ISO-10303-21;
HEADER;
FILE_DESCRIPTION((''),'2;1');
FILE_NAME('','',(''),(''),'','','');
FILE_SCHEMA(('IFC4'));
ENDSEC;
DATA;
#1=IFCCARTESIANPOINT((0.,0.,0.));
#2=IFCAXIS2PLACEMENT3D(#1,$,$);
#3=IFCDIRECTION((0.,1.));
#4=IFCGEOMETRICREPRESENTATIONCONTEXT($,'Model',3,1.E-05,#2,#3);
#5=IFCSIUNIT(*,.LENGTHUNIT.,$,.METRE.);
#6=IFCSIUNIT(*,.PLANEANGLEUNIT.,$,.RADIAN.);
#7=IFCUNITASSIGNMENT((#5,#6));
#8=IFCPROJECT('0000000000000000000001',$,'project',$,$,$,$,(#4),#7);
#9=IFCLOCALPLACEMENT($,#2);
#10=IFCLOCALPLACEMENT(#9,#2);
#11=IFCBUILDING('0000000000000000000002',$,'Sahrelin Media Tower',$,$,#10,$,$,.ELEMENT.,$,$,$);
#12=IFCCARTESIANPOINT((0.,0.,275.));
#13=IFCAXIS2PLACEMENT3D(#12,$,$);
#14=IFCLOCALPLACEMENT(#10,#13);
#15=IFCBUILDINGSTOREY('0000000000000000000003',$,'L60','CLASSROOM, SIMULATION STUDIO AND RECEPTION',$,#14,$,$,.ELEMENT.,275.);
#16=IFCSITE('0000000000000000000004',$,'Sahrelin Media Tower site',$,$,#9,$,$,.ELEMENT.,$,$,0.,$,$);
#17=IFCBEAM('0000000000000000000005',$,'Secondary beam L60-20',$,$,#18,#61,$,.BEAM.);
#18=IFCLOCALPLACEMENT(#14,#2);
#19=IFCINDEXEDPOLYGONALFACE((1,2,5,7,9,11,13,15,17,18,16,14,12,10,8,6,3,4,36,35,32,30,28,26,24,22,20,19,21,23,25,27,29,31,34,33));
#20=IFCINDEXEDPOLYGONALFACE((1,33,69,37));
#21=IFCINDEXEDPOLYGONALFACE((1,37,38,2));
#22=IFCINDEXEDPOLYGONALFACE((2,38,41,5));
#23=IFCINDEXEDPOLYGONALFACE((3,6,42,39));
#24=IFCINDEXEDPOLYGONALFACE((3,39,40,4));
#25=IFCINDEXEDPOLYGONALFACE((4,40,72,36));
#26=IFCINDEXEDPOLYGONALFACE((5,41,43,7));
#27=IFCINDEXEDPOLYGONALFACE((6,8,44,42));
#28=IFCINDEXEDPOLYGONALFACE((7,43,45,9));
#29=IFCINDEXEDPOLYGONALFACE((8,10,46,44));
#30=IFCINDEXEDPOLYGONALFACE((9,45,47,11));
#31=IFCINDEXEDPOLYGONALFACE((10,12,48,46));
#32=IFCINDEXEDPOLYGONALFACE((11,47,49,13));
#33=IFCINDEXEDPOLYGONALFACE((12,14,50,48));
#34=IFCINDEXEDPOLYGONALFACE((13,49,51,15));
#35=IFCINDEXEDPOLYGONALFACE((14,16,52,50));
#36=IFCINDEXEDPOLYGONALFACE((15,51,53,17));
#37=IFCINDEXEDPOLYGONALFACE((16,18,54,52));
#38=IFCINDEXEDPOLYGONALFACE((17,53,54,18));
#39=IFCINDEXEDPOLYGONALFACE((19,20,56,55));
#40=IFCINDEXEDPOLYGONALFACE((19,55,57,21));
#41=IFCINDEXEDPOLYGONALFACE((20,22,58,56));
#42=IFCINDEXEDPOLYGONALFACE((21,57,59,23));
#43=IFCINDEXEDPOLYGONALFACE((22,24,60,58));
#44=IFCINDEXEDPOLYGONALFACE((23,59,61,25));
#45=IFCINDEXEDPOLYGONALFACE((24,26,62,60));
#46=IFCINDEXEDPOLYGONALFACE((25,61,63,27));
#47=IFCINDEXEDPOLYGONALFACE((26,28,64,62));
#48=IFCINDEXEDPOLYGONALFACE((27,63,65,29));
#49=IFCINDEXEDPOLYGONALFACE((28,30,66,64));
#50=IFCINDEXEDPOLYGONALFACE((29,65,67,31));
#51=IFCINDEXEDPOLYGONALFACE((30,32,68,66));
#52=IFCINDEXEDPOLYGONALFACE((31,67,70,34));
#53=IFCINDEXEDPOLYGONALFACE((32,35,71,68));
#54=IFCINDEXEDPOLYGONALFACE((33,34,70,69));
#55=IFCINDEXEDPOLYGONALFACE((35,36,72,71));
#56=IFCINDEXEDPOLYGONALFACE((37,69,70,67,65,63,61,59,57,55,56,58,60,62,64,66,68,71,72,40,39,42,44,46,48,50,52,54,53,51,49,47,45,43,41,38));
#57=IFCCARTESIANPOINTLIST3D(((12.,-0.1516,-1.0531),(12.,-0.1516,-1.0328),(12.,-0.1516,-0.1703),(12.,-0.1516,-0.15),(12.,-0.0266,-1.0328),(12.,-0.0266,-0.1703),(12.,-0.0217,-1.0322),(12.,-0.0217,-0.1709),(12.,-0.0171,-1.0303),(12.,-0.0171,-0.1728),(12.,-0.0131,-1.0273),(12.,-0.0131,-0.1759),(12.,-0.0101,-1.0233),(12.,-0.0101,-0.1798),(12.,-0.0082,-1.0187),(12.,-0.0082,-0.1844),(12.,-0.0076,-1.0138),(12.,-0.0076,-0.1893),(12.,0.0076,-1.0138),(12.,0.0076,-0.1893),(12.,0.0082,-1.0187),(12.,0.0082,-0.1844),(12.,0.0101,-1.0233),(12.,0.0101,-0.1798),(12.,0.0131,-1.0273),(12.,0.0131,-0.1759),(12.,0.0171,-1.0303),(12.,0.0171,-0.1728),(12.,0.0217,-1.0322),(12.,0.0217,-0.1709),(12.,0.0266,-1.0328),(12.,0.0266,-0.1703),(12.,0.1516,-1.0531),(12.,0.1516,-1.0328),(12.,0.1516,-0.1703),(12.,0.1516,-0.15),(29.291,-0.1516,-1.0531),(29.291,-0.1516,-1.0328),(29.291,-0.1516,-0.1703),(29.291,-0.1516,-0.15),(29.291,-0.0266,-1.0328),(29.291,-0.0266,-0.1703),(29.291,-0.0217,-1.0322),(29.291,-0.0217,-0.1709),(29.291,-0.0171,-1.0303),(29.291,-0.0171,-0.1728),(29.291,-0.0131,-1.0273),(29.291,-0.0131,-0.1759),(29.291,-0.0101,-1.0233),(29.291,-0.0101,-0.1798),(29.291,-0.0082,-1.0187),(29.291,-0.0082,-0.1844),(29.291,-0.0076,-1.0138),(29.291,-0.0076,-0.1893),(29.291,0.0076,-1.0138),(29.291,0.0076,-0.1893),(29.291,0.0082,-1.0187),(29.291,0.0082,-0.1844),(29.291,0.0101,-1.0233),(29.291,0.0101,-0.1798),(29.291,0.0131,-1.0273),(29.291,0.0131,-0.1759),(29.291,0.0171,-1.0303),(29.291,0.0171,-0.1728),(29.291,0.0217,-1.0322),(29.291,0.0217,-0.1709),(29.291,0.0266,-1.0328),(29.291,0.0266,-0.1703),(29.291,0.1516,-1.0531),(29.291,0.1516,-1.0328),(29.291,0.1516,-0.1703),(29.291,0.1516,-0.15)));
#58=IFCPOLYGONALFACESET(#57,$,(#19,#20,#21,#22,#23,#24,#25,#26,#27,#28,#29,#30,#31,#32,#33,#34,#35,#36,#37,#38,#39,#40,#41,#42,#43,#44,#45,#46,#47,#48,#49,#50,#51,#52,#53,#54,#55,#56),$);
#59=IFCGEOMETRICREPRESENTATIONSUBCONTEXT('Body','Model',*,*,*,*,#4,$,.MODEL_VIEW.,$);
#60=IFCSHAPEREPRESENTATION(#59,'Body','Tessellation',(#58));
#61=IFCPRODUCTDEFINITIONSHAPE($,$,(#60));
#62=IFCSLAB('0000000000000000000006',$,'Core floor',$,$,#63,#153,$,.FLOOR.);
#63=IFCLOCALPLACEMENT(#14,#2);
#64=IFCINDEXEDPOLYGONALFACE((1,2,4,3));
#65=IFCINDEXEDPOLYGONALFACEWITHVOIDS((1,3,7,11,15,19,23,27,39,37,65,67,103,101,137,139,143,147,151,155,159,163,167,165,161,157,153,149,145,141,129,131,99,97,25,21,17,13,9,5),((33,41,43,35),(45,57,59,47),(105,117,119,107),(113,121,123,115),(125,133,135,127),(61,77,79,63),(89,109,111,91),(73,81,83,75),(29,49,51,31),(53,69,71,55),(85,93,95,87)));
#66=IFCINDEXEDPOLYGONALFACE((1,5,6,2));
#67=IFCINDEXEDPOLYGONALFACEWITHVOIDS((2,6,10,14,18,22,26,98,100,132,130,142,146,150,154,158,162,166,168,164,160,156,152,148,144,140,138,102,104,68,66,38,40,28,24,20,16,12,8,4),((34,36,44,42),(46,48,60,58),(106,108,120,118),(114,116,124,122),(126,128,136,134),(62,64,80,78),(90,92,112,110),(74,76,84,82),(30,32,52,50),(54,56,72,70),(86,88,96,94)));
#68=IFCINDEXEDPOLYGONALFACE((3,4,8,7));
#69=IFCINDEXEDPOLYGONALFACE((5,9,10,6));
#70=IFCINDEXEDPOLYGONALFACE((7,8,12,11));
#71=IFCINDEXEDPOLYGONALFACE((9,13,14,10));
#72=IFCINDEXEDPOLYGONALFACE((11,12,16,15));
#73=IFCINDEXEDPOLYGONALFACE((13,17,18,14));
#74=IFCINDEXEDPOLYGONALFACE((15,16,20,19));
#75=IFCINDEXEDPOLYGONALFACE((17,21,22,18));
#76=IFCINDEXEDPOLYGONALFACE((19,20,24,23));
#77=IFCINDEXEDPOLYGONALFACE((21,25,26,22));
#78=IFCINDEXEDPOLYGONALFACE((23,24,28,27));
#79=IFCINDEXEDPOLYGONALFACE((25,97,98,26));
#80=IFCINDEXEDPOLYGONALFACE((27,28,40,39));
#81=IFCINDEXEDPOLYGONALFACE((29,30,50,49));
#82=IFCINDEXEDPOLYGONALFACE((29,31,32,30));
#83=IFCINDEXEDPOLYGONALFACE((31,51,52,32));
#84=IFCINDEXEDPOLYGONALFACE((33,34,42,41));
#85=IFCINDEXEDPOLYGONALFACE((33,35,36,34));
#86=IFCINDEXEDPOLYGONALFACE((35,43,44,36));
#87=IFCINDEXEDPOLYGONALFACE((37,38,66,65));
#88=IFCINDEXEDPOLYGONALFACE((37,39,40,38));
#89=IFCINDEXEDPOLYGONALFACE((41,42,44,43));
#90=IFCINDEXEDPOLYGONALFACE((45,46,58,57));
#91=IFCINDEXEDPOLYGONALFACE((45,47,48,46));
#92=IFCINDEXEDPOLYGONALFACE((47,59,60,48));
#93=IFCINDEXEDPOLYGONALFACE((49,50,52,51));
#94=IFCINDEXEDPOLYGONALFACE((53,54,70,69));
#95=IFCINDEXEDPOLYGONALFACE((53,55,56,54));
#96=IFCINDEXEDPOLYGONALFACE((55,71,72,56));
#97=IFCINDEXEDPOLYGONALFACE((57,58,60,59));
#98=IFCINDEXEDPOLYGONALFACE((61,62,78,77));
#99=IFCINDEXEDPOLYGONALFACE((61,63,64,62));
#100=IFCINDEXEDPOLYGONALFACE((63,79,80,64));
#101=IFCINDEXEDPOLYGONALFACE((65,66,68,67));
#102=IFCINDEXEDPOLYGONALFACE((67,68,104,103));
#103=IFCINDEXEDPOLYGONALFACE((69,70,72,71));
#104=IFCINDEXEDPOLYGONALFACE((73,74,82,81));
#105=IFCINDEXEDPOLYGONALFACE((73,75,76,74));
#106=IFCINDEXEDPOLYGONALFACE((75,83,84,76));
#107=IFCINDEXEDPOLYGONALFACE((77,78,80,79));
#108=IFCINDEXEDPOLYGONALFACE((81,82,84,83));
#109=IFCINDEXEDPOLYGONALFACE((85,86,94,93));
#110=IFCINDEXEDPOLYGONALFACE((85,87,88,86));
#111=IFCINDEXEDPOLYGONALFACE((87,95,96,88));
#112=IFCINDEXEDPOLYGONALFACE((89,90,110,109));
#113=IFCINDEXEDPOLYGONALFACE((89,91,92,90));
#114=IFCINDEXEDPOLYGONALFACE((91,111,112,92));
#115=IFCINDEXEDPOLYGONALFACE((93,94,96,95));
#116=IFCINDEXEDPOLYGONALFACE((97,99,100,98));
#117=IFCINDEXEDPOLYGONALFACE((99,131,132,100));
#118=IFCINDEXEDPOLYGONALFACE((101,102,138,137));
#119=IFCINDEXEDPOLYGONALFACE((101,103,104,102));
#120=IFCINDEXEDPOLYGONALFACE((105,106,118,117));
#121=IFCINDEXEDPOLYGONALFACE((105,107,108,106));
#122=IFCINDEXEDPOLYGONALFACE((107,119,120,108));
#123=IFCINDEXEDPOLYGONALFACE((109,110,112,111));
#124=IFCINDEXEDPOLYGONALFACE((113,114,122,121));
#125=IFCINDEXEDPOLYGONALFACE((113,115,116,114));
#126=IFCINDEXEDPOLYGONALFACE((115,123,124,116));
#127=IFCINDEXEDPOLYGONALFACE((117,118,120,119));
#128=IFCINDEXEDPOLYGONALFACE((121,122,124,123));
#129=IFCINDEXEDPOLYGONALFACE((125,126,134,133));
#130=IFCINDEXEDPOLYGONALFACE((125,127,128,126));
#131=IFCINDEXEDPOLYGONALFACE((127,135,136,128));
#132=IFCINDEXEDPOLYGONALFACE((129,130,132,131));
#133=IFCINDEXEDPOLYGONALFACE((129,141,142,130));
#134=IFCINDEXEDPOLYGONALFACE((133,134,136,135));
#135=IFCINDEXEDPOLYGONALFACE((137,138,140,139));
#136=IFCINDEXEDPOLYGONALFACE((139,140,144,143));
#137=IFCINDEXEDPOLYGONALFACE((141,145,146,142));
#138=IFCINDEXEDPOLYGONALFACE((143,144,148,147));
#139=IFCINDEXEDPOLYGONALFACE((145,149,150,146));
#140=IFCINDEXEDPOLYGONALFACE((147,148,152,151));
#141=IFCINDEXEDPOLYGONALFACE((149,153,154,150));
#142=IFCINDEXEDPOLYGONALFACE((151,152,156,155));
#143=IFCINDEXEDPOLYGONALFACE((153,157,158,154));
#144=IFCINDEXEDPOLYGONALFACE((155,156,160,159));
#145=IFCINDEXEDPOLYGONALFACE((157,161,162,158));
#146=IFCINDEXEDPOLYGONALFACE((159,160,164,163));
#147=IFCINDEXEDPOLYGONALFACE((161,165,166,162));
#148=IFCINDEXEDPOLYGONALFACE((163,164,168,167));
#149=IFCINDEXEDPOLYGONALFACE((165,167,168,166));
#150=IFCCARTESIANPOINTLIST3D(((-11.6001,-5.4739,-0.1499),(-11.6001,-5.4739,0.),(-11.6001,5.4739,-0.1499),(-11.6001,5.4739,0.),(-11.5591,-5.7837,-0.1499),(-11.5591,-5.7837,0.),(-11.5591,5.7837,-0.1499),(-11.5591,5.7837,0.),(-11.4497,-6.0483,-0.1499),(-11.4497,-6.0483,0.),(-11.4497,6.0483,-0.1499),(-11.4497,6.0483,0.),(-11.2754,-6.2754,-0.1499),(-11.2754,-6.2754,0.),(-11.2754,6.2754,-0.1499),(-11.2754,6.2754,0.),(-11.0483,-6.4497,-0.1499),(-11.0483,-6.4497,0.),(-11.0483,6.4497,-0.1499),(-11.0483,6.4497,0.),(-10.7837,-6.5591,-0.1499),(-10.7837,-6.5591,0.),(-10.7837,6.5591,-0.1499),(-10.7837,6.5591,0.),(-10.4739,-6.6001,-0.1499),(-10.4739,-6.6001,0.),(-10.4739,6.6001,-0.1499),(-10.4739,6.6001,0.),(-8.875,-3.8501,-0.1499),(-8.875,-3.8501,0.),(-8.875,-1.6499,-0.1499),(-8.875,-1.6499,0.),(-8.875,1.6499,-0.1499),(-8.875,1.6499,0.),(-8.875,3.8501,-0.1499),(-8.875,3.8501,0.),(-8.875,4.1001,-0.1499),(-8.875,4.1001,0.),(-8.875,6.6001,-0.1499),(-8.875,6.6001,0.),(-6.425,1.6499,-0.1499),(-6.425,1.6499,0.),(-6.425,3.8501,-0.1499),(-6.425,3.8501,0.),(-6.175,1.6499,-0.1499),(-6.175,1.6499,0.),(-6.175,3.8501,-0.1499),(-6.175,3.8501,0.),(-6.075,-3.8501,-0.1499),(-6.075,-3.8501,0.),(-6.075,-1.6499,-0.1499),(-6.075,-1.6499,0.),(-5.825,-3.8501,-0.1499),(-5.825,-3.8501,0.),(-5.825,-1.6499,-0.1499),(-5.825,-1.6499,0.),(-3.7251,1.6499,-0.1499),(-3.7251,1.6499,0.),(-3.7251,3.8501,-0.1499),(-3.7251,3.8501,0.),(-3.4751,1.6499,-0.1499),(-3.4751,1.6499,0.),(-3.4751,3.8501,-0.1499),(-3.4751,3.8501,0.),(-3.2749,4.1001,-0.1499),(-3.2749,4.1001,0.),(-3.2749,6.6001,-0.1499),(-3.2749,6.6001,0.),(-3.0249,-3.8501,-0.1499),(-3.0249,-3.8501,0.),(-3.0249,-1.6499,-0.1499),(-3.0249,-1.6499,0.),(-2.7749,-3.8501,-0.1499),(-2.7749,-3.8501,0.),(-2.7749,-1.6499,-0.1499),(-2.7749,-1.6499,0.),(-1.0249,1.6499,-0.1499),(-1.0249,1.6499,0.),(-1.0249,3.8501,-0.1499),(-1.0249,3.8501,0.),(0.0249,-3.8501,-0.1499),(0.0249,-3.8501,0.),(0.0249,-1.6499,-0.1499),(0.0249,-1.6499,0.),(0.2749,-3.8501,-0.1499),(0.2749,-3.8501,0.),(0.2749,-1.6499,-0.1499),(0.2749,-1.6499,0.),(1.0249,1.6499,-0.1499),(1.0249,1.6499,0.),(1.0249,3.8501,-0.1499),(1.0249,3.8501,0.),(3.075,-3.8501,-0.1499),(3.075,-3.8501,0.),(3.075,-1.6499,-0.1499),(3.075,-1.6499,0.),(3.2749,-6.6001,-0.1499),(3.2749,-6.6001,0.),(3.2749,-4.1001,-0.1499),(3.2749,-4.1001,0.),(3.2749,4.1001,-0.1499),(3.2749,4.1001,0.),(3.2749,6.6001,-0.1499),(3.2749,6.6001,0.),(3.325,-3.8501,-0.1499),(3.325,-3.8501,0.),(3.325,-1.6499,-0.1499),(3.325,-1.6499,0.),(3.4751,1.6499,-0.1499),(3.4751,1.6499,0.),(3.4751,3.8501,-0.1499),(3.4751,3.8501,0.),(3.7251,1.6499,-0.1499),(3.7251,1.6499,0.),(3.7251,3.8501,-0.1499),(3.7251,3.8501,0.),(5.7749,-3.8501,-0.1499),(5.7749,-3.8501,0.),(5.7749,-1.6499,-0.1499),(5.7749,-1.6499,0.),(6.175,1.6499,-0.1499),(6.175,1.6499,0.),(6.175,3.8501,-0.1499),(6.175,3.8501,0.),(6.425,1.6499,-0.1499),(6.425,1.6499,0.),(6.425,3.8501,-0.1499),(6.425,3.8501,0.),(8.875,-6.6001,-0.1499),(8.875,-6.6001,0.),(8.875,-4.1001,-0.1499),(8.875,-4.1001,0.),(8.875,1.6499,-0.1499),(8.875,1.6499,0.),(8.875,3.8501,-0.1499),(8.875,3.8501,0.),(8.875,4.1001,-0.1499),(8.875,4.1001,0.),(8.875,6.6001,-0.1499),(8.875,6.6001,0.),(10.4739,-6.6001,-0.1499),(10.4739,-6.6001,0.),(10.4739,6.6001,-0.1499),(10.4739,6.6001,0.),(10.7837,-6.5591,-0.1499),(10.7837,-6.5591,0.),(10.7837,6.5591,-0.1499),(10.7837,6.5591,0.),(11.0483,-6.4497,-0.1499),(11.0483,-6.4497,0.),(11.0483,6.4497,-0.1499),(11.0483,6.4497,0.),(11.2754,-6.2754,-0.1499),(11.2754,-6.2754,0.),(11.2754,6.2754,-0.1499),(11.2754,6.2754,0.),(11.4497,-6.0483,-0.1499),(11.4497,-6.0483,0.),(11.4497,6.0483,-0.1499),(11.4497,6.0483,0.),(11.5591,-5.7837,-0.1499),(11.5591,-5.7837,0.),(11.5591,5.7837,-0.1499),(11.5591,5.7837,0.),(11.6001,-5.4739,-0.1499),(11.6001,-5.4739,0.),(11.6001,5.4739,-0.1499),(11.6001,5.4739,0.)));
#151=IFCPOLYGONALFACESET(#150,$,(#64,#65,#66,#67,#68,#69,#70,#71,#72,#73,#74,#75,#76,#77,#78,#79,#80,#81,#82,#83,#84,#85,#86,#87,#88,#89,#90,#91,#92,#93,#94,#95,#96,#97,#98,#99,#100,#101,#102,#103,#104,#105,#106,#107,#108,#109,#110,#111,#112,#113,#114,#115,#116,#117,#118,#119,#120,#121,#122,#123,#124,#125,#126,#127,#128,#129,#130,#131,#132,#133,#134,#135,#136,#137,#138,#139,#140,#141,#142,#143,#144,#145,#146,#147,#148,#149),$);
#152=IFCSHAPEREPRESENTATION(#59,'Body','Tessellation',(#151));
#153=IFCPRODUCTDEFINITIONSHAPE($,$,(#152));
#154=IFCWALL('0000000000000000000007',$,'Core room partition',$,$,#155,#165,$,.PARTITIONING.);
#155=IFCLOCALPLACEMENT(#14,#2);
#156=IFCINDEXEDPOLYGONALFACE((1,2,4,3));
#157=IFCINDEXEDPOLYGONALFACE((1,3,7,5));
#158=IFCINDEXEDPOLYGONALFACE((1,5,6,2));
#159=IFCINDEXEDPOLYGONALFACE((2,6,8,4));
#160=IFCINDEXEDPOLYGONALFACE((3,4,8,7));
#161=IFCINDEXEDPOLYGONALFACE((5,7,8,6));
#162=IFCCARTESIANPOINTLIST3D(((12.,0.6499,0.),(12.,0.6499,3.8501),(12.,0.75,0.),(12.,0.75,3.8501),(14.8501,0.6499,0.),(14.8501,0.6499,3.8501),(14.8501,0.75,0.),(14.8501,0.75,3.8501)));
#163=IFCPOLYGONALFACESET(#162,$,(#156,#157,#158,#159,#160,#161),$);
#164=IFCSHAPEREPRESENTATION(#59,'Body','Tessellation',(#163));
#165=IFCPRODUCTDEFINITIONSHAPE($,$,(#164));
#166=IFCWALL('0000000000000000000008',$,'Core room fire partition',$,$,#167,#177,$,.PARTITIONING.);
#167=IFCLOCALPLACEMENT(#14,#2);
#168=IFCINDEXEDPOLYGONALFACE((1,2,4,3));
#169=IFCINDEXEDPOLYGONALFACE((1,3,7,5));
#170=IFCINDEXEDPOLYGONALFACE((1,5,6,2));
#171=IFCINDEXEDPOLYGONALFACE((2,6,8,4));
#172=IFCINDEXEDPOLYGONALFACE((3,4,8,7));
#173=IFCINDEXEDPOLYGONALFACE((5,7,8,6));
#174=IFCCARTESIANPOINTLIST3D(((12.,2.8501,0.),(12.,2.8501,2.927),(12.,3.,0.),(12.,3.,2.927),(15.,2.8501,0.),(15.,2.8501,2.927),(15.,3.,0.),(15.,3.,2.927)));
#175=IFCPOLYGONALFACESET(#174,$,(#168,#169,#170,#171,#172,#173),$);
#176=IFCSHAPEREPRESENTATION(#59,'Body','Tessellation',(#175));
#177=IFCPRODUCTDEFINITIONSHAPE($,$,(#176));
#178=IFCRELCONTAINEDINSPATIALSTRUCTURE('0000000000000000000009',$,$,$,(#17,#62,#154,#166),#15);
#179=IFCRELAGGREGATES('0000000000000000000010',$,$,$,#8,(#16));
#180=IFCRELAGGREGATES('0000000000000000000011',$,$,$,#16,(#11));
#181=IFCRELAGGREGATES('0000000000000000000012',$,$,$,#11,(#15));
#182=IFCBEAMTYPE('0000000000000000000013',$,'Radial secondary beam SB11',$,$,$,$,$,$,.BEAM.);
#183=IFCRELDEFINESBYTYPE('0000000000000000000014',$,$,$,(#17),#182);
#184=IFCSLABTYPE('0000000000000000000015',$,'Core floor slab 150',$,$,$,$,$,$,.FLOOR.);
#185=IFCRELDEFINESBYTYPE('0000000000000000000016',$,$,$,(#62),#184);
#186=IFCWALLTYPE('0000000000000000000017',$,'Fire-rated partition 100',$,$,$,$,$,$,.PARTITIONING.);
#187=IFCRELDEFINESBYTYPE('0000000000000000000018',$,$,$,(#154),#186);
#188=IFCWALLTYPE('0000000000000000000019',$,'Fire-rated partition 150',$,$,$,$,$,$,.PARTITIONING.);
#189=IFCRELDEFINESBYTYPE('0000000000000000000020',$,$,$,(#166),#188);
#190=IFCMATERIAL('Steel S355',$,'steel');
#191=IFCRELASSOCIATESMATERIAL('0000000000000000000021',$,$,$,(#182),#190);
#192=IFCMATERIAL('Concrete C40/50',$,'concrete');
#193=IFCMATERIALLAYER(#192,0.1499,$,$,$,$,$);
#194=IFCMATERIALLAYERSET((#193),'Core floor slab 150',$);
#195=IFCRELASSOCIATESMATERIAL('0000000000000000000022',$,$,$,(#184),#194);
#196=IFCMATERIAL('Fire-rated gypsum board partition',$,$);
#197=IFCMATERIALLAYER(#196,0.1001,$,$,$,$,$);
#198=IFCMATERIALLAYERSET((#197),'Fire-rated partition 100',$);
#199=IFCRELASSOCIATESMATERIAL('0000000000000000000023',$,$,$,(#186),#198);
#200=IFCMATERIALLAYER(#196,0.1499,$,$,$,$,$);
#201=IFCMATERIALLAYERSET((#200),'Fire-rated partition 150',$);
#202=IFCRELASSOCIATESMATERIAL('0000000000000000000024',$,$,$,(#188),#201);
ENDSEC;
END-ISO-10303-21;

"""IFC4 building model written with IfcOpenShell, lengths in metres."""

from ifc_helpers import new_model, si_unit, direction, frame, frame_2d, origin, origin_2d, place, context, subcontext, project, spatial, polyline, rectangle, i_section, outline, extrude, material, layer, layer_set, material_profile, profile_set, type_object, element, save


model = new_model("IFC4")

# Units and contexts
model_context = context("Model", 3, precision=1e-05, world=origin(), true_north=direction((0.0, 1.0)))
body_context = subcontext(model_context, "Body", "Model", "MODEL_VIEW")
ifc_project = project(units=[si_unit("LENGTHUNIT", "METRE"), si_unit("PLANEANGLEUNIT", "RADIAN")], contexts=[model_context])

# Site, building, storey
site_placement = place(None, origin())
site = spatial("IfcSite", under=ifc_project, at=site_placement, Name="Sahrelin Media Tower site", CompositionType="ELEMENT", RefElevation=0.0)
building_placement = place(site_placement, origin())
building = spatial("IfcBuilding", under=site, at=building_placement, Name="Sahrelin Media Tower", CompositionType="ELEMENT")
storey_placement = place(building_placement, frame((0.0, 0.0, 275.0)))
storey = spatial("IfcBuildingStorey", under=building, at=storey_placement, Name="L60", Description="CLASSROOM, SIMULATION STUDIO AND RECEPTION", CompositionType="ELEMENT", Elevation=275.0)

# Beam
ifc_material_1 = material(Name="Steel S355", Category="steel")
ifc_material_profile_1 = material_profile(ifc_material_1, i_section(OverallWidth=0.3032, OverallDepth=0.9031, WebThickness=0.0151, FlangeThickness=0.0203, FilletRadius=0.019, at=origin_2d()), Name="UB 914x305x201")
ifc_profile_set_1 = profile_set([ifc_material_profile_1], Name="Steel S355")
beam_type_1 = type_object("IfcBeamType", Name="Radial secondary beam SB11", PredefinedType="BEAM", material=ifc_profile_set_1)
beam_1_placement = place(storey_placement, frame((12.0, 0.0, -0.6016), z_axis=(1.0, 0.0, 0.0), x_axis=(0.0, 1.0, 0.0)))
element("IfcBeam", 1, at=beam_1_placement, inside=storey, type_object=beam_type_1, Name="Secondary beam L60-20", PredefinedType="BEAM", context=body_context, shape_type="SweptSolid", body=[
    extrude(i_section(OverallWidth=0.3032, OverallDepth=0.9031, WebThickness=0.0151, FlangeThickness=0.0203, FilletRadius=0.019, at=origin_2d()), origin(), (0.0, 0.0, 1.0), 17.291),
])

# Slab
ifc_material_2 = material(Name="Concrete C40/50", Category="concrete")
ifc_layer_1 = layer(ifc_material_2, 0.1499)
ifc_layer_set_1 = layer_set([ifc_layer_1], Name="Core floor slab 150")
slab_type = type_object("IfcSlabType", Name="Core floor slab 150", PredefinedType="FLOOR", material=ifc_layer_set_1)
slab_placement = place(storey_placement, frame((0.0, 0.0, -0.1499)))
element("IfcSlab", 2, at=slab_placement, inside=storey, type_object=slab_type, Name="Core floor", PredefinedType="FLOOR", context=body_context, shape_type="SweptSolid", body=[
    extrude(outline(polyline([(-11.6001, -5.4739), (-11.5591, -5.7837), (-11.4497, -6.0483), (-11.2754, -6.2754), (-11.0483, -6.4497), (-10.7837, -6.5591), (-10.4739, -6.6001), (3.2749, -6.6001), (3.2749, -4.1001), (8.875, -4.1001), (8.875, -6.6001), (10.4739, -6.6001), (10.7837, -6.5591), (11.0483, -6.4497), (11.2754, -6.2754), (11.4497, -6.0483), (11.5591, -5.7837), (11.6001, -5.4739), (11.6001, 5.4739), (11.5591, 5.7837), (11.4497, 6.0483), (11.2754, 6.2754), (11.0483, 6.4497), (10.7837, 6.5591), (10.4739, 6.6001), (8.875, 6.6001), (8.875, 4.1001), (3.2749, 4.1001), (3.2749, 6.6001), (-3.2749, 6.6001), (-3.2749, 4.1001), (-8.875, 4.1001), (-8.875, 6.6001), (-10.4739, 6.6001), (-10.7837, 6.5591), (-11.0483, 6.4497), (-11.2754, 6.2754), (-11.4497, 6.0483), (-11.5591, 5.7837), (-11.6001, 5.4739), (-11.6001, -5.4739)]), holes=[polyline([(-8.875, 3.8501), (-8.875, 1.6499), (-6.425, 1.6499), (-6.425, 3.8501), (-8.875, 3.8501)]), polyline([(-3.7251, 3.8501), (-6.175, 3.8501), (-6.175, 1.6499), (-3.7251, 1.6499), (-3.7251, 3.8501)]), polyline([(-1.0249, 1.6499), (-1.0249, 3.8501), (-3.4751, 3.8501), (-3.4751, 1.6499), (-1.0249, 1.6499)]), polyline([(1.0249, 1.6499), (3.4751, 1.6499), (3.4751, 3.8501), (1.0249, 3.8501), (1.0249, 1.6499)]), polyline([(3.7251, 3.8501), (3.7251, 1.6499), (6.175, 1.6499), (6.175, 3.8501), (3.7251, 3.8501)]), polyline([(8.875, 3.8501), (6.425, 3.8501), (6.425, 1.6499), (8.875, 1.6499), (8.875, 3.8501)]), polyline([(-6.075, -3.8501), (-6.075, -1.6499), (-8.875, -1.6499), (-8.875, -3.8501), (-6.075, -3.8501)]), polyline([(-5.825, -3.8501), (-3.0249, -3.8501), (-3.0249, -1.6499), (-5.825, -1.6499), (-5.825, -3.8501)]), polyline([(-2.7749, -1.6499), (-2.7749, -3.8501), (0.0249, -3.8501), (0.0249, -1.6499), (-2.7749, -1.6499)]), polyline([(3.075, -1.6499), (0.2749, -1.6499), (0.2749, -3.8501), (3.075, -3.8501), (3.075, -1.6499)]), polyline([(5.7749, -3.8501), (5.7749, -1.6499), (3.325, -1.6499), (3.325, -3.8501), (5.7749, -3.8501)])]), origin(), (0.0, 0.0, 1.0), 0.1499),
])

# Walls
ifc_material_3 = material(Name="Fire-rated gypsum board partition")
ifc_layer_2 = layer(ifc_material_3, 0.1001)
ifc_layer_set_2 = layer_set([ifc_layer_2], Name="Fire-rated partition 100")
wall_type_1 = type_object("IfcWallType", Name="Fire-rated partition 100", PredefinedType="PARTITIONING", material=ifc_layer_set_2)
wall_1_placement = place(storey_placement, frame((12.0, 0.7, 0.0), z_axis=(0.0, 0.0, 1.0), x_axis=(1.0, 0.0, 0.0)))
element("IfcWall", 3, at=wall_1_placement, inside=storey, type_object=wall_type_1, Name="Core room partition", PredefinedType="PARTITIONING", context=body_context, shape_type="SweptSolid", body=[
    extrude(rectangle(XDim=2.8501, YDim=0.1001, at=frame_2d((1.425, 0.0))), origin(), (0.0, 0.0, 1.0), 3.8501),
])
ifc_layer_3 = layer(ifc_material_3, 0.1499)
ifc_layer_set_3 = layer_set([ifc_layer_3], Name="Fire-rated partition 150")
wall_type_2 = type_object("IfcWallType", Name="Fire-rated partition 150", PredefinedType="PARTITIONING", material=ifc_layer_set_3)
wall_2_placement = place(storey_placement, frame((12.0, 2.925, 0.0), z_axis=(0.0, 0.0, 1.0), x_axis=(1.0, 0.0, 0.0)))
element("IfcWall", 4, at=wall_2_placement, inside=storey, type_object=wall_type_2, Name="Core room fire partition", PredefinedType="PARTITIONING", context=body_context, shape_type="SweptSolid", body=[
    extrude(rectangle(XDim=3.0, YDim=0.1499, at=frame_2d((1.5, 0.0))), origin(), (0.0, 0.0, 1.0), 2.927),
])

save(model, "model.ifc")
